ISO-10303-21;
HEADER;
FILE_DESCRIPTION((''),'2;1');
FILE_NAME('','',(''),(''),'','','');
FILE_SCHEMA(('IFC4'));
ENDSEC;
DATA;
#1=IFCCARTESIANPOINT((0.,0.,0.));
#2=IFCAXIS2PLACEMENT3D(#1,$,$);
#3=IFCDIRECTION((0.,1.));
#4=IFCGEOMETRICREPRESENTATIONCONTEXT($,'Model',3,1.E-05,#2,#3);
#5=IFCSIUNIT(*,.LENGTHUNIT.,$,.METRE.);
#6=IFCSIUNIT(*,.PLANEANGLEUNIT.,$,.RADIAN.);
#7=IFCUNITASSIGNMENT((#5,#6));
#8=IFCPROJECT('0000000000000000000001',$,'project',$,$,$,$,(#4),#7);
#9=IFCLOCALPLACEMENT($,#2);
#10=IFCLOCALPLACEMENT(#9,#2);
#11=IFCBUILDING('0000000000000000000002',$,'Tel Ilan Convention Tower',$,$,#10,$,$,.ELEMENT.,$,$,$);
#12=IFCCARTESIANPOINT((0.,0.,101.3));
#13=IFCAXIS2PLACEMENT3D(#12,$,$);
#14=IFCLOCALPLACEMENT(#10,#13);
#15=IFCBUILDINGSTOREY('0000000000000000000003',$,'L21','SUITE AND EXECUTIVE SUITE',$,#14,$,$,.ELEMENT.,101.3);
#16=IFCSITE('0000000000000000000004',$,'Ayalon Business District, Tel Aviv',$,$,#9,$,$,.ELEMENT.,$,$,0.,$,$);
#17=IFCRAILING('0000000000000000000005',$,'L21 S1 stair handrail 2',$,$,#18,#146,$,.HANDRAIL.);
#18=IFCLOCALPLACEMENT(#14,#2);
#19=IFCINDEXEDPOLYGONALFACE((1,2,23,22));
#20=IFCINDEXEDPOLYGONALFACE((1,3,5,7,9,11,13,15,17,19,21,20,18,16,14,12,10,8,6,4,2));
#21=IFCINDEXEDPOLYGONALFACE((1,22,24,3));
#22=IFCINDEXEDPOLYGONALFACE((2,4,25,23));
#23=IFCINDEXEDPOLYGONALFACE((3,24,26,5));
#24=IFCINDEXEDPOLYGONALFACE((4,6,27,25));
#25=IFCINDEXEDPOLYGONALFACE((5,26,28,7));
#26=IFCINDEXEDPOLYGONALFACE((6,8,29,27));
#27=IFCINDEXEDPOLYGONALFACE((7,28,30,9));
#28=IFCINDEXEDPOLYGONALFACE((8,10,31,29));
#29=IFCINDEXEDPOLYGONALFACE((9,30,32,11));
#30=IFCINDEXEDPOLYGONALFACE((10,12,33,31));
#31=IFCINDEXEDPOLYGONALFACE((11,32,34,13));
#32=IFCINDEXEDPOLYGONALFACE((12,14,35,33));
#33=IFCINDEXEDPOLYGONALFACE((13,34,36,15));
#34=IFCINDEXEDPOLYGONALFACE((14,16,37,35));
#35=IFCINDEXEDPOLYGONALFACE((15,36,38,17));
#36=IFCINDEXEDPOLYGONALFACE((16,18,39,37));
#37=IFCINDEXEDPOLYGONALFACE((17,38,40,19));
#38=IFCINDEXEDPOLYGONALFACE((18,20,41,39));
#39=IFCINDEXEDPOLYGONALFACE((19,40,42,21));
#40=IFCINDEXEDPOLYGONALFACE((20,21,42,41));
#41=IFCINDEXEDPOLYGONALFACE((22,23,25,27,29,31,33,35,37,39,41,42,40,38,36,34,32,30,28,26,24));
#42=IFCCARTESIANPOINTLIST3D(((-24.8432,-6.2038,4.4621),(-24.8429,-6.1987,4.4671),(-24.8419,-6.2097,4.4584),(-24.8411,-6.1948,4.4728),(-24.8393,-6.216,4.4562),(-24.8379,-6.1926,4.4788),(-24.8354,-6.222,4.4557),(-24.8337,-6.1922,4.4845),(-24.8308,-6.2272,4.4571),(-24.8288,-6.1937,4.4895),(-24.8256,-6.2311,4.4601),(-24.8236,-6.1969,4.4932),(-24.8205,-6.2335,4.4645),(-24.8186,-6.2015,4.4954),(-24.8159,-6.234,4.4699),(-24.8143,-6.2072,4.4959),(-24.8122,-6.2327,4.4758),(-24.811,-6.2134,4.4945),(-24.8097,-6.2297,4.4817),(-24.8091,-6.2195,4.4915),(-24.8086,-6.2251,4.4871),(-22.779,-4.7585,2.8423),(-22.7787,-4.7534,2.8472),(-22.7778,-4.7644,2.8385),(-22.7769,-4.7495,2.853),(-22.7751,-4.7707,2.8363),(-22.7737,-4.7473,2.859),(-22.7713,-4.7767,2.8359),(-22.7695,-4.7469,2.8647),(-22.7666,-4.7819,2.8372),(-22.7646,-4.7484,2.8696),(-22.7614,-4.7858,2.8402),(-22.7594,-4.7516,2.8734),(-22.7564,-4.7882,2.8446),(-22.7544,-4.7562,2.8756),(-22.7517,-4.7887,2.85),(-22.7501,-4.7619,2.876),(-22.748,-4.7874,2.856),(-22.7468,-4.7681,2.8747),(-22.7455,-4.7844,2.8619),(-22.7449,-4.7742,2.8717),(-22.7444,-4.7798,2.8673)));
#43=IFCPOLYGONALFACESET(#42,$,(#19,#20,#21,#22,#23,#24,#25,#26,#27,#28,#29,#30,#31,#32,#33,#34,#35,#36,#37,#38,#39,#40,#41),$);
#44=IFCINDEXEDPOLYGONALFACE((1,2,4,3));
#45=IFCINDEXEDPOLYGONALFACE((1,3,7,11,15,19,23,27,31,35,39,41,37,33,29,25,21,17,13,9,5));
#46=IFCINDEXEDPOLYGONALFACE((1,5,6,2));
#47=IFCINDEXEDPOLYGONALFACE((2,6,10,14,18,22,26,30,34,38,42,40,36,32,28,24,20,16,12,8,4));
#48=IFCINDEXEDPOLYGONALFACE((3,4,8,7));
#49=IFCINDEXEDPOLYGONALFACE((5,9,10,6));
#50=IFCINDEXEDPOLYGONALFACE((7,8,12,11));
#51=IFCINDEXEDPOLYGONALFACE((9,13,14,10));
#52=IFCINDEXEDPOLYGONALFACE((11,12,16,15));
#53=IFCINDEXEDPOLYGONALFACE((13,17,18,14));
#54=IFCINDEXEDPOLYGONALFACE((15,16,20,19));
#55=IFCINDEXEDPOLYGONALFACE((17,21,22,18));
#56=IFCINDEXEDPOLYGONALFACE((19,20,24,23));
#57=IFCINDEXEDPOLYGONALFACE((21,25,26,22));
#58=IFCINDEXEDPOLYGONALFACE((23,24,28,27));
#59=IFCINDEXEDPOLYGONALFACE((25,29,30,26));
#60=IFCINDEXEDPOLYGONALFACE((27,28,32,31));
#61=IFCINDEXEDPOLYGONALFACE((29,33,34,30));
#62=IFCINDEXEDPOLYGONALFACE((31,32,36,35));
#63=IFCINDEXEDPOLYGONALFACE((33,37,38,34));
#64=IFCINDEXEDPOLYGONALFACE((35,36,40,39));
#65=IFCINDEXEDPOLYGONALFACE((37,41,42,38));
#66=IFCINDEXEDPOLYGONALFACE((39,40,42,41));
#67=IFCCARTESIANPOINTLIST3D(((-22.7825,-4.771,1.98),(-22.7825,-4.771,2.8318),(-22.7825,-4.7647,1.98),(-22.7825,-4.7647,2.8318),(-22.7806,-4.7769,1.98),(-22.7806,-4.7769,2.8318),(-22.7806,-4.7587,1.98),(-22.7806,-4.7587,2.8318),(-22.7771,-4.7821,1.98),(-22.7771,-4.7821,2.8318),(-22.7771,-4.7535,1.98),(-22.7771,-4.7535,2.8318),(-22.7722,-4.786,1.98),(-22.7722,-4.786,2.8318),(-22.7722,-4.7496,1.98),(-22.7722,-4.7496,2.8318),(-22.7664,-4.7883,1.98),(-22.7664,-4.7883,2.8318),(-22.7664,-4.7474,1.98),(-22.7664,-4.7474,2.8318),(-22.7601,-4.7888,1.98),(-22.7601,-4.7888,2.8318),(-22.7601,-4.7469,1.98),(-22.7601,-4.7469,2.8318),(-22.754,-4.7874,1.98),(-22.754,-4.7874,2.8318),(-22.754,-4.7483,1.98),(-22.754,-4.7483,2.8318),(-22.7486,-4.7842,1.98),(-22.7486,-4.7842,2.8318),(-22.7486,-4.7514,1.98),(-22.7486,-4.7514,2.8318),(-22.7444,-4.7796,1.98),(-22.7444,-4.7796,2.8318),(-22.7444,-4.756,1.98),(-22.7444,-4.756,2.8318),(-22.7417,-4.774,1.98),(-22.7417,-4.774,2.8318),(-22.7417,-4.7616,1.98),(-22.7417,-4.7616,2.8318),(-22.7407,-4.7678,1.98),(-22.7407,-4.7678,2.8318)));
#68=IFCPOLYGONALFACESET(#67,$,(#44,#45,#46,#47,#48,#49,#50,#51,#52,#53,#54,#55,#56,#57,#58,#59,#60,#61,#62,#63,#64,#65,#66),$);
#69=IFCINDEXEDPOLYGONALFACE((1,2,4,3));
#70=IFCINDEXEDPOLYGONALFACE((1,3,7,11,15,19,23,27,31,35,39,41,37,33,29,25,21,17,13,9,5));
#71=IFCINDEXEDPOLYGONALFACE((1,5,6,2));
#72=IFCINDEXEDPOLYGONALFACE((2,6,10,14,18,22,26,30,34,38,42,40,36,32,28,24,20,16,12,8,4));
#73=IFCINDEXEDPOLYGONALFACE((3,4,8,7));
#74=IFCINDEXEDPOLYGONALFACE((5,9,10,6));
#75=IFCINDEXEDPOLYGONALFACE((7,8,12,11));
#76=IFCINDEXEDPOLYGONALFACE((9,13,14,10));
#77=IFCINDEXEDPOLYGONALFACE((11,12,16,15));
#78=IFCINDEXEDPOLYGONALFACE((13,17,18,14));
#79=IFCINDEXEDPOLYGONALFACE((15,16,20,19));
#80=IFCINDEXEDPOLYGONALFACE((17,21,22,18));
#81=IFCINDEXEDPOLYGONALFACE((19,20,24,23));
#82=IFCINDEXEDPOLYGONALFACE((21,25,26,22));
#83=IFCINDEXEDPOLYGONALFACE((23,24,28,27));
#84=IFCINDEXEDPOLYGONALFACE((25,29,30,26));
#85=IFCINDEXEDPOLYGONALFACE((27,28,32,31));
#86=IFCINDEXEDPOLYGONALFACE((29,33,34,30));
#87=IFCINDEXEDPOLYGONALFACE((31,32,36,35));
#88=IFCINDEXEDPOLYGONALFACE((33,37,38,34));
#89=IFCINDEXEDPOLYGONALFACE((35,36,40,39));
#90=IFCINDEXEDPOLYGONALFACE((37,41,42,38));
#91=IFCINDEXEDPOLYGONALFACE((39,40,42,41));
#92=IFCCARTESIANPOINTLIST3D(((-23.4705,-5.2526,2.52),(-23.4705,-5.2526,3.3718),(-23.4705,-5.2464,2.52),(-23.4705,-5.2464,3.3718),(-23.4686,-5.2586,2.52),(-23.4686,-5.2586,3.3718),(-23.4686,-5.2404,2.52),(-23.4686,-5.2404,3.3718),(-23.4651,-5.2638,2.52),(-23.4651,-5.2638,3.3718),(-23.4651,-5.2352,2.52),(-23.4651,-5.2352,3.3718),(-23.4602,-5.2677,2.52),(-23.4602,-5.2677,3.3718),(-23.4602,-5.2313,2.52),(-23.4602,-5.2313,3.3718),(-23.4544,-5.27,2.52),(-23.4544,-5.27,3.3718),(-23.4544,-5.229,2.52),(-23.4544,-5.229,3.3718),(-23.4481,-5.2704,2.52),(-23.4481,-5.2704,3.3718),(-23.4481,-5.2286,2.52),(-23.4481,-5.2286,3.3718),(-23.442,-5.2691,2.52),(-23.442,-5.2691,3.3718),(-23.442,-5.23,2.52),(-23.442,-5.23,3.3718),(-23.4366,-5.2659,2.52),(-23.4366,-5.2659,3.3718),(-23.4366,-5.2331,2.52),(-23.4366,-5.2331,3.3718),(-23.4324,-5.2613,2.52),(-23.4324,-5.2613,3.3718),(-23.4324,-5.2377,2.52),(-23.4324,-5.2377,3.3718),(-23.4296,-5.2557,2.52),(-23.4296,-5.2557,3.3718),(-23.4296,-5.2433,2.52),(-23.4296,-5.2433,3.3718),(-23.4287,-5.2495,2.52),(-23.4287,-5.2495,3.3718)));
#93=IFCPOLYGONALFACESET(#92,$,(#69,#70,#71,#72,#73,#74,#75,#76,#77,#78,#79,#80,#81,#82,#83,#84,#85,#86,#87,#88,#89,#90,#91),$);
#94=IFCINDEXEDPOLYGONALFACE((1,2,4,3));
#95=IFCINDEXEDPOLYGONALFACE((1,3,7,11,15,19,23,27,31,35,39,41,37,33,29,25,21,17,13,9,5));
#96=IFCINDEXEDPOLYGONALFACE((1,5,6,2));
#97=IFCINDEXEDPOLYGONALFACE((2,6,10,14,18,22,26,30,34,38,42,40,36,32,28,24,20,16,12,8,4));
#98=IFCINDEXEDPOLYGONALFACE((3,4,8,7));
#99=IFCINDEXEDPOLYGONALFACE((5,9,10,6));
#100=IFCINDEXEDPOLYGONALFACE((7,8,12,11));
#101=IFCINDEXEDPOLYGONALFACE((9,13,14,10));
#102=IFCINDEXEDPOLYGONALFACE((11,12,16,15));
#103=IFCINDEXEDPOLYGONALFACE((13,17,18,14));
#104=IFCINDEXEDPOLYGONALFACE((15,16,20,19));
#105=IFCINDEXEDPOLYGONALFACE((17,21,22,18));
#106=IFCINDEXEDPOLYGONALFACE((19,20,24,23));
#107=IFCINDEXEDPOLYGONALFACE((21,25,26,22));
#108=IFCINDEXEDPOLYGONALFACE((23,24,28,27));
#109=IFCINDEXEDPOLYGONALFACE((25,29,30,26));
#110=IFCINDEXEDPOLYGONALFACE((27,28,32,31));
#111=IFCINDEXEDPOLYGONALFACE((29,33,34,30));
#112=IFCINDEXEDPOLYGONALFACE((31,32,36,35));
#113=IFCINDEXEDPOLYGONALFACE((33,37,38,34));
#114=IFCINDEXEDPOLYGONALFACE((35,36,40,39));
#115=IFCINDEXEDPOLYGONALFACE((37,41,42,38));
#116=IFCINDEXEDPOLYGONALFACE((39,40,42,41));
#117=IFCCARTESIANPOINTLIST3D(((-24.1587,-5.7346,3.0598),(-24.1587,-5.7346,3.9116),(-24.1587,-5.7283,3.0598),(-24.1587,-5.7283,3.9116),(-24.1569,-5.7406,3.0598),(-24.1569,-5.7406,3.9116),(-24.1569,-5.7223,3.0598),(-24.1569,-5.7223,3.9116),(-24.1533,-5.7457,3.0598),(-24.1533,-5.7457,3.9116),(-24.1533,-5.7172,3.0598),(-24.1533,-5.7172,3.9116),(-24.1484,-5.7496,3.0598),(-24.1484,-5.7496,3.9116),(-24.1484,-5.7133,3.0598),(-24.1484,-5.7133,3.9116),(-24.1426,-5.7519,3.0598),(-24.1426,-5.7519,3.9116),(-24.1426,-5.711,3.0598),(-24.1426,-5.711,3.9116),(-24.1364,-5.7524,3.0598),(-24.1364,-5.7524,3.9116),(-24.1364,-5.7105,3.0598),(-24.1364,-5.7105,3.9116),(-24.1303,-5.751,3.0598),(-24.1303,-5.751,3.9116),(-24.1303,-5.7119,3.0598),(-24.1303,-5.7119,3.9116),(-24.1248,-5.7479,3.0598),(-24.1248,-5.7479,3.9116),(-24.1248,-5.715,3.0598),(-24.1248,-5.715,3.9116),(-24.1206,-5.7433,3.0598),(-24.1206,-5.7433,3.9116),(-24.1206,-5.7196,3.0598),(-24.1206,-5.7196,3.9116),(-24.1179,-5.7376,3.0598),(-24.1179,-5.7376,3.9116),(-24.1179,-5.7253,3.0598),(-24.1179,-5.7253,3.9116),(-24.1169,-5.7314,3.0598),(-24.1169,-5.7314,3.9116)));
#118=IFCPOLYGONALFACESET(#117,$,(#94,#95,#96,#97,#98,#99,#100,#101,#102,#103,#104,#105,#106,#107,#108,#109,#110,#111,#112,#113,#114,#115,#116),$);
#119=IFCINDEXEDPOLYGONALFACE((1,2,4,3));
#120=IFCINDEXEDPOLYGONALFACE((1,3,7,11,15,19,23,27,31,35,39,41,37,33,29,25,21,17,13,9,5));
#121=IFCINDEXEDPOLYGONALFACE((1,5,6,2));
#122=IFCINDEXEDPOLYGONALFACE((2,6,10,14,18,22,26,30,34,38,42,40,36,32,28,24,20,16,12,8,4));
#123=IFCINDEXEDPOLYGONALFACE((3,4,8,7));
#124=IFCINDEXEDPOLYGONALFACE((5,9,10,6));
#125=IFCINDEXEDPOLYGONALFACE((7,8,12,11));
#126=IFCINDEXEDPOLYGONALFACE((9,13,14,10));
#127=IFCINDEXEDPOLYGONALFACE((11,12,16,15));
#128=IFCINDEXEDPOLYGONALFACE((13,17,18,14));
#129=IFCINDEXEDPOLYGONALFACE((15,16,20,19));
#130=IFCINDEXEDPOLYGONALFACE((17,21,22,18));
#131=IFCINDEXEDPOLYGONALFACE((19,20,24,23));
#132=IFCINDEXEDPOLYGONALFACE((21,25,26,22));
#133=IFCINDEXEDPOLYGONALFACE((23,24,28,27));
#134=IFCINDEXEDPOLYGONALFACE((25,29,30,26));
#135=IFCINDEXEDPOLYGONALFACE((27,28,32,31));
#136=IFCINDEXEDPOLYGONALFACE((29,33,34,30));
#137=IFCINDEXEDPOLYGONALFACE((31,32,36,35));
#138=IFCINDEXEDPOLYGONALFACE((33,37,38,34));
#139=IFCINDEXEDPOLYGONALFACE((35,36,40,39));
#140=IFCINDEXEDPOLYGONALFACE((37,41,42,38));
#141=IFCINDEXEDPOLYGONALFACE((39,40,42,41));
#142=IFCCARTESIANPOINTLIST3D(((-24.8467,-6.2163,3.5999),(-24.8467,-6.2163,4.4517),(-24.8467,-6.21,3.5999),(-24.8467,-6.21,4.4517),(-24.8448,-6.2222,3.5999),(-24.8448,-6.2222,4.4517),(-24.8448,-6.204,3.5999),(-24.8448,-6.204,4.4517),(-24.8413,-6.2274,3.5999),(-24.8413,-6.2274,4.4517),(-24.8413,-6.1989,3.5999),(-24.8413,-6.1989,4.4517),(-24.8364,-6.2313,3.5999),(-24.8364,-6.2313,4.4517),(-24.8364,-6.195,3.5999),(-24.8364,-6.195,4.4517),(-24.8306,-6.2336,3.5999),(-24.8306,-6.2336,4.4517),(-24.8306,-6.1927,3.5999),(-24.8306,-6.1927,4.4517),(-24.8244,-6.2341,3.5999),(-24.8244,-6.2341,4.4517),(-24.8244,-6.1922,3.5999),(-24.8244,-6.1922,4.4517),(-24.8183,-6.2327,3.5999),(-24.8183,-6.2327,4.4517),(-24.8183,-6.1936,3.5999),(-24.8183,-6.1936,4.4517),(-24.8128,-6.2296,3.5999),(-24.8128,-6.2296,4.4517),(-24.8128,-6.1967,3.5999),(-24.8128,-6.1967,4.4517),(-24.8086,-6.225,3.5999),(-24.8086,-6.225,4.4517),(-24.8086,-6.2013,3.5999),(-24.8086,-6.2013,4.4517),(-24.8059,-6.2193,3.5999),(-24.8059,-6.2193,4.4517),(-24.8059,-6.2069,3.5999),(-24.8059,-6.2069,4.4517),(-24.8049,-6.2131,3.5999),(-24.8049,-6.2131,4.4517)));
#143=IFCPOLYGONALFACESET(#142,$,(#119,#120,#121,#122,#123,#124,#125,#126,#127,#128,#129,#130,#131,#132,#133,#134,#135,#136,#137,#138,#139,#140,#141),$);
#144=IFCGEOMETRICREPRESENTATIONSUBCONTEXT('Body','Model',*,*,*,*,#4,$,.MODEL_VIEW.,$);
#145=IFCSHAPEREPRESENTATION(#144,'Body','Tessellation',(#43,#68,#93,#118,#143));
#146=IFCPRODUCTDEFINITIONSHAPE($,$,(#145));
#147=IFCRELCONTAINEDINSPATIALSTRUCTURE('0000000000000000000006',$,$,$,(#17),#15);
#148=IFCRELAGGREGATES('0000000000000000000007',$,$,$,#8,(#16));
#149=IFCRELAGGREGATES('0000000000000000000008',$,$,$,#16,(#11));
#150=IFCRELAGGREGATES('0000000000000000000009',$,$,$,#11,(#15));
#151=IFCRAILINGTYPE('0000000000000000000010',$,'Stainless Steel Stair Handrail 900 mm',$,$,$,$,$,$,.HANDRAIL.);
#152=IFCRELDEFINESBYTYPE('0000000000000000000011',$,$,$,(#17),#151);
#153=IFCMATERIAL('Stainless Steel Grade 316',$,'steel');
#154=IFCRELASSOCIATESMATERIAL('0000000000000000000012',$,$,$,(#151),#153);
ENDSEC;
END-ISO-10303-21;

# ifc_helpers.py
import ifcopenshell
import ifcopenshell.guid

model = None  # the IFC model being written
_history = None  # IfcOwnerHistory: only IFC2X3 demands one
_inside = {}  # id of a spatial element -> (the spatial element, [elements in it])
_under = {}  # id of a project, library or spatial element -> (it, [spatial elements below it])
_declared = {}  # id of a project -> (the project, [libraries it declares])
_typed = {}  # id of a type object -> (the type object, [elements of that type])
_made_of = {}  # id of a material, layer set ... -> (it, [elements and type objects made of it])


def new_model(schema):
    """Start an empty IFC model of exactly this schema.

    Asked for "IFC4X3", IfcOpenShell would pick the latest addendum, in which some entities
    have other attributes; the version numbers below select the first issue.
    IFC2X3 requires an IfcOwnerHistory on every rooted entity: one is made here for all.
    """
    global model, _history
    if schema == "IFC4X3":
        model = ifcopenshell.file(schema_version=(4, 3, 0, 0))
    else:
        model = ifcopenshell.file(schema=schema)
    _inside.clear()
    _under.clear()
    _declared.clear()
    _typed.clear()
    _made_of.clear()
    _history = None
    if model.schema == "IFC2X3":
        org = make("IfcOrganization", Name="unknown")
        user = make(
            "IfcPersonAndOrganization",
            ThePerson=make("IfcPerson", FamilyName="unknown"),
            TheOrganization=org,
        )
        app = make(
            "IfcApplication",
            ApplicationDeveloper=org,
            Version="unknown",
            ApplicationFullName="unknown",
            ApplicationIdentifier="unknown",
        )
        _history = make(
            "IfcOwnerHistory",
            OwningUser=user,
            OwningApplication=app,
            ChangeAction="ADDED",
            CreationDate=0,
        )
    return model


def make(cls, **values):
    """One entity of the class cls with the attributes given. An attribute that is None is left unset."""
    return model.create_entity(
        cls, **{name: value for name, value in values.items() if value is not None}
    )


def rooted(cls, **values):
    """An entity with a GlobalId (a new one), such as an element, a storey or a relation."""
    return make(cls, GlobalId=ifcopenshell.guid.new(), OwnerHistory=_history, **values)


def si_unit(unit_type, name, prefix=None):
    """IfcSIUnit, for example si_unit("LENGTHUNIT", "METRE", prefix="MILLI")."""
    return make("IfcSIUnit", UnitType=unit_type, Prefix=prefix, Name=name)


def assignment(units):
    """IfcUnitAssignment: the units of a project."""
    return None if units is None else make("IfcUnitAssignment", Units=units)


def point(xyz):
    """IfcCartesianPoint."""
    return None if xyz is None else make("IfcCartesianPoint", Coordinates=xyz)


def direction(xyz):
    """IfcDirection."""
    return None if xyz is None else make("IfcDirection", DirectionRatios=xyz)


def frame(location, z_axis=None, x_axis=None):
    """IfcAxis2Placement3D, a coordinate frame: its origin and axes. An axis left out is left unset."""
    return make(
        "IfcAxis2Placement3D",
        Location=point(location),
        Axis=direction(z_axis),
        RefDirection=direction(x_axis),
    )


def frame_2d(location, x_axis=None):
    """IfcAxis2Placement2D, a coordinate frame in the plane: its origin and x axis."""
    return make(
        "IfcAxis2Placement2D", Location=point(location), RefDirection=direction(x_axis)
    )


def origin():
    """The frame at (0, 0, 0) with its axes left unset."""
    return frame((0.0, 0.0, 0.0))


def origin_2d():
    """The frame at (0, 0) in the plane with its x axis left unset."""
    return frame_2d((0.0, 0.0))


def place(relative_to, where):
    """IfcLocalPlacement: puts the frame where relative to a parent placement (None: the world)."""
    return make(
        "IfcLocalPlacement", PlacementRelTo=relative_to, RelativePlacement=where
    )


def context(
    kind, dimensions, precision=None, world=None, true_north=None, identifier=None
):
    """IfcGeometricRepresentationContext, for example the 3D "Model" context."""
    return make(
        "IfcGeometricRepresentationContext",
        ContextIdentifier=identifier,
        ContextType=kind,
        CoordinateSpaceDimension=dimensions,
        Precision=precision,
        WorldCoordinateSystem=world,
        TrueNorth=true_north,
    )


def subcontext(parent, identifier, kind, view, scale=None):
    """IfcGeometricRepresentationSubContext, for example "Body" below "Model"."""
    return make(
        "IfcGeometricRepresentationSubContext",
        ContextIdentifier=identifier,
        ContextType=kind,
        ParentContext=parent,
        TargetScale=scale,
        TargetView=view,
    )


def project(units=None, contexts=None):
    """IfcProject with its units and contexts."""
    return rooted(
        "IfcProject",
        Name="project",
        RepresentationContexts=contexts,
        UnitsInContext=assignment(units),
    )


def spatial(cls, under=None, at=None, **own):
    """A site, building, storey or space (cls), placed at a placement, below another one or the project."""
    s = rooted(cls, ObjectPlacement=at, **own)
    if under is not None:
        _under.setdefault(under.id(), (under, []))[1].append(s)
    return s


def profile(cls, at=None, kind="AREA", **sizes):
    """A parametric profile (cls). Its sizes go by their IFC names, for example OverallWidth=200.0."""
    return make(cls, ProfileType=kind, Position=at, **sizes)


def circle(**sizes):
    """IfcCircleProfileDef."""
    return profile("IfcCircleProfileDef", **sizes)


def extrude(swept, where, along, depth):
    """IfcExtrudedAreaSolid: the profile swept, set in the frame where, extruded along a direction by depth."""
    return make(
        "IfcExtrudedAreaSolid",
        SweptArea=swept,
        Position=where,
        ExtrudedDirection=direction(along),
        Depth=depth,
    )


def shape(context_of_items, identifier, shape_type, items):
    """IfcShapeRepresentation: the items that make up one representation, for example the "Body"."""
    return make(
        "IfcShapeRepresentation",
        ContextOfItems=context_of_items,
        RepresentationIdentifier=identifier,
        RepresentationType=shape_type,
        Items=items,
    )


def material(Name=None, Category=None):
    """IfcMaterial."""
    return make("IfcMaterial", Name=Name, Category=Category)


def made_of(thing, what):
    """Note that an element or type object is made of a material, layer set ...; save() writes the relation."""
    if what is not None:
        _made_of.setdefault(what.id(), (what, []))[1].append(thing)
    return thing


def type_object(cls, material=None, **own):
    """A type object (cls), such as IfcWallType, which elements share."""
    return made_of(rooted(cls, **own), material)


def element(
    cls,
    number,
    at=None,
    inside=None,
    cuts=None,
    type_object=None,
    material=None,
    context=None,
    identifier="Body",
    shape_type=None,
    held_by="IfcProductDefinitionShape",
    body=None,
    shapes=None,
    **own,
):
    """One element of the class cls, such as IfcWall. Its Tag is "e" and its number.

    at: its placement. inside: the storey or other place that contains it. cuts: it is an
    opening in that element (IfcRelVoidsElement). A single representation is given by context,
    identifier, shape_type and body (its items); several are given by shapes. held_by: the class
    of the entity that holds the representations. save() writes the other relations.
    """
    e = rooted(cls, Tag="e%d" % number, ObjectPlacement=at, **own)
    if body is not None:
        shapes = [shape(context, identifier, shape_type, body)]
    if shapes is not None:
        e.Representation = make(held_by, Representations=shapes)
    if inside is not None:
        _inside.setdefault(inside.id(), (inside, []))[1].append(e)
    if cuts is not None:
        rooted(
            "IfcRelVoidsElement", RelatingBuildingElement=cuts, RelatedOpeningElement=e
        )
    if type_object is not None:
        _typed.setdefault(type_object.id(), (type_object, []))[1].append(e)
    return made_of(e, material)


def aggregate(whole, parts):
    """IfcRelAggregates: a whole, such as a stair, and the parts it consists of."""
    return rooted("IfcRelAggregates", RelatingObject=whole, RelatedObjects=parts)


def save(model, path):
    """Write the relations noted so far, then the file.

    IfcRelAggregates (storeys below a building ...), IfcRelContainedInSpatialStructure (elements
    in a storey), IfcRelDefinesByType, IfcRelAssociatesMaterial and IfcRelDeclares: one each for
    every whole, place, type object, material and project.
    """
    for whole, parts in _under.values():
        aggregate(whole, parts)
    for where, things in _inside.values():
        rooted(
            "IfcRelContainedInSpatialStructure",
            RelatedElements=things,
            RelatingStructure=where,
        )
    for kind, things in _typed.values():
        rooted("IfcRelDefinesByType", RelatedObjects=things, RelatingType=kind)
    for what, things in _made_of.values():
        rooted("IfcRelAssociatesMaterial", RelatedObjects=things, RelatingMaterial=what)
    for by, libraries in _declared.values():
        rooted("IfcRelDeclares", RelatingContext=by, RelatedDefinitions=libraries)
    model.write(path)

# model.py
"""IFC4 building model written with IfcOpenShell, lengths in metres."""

from ifc_helpers import new_model, si_unit, direction, frame, origin, origin_2d, place, context, subcontext, project, spatial, circle, extrude, material, type_object, element, save


model = new_model("IFC4")

# Units and contexts
model_context = context("Model", 3, precision=1e-05, world=origin(), true_north=direction((0.0, 1.0)))
body_context = subcontext(model_context, "Body", "Model", "MODEL_VIEW")
ifc_project = project(units=[si_unit("LENGTHUNIT", "METRE"), si_unit("PLANEANGLEUNIT", "RADIAN")], contexts=[model_context])

# Site, building, storey
site_placement = place(None, origin())
site = spatial("IfcSite", under=ifc_project, at=site_placement, Name="Ayalon Business District, Tel Aviv", CompositionType="ELEMENT", RefElevation=0.0)
building_placement = place(site_placement, origin())
building = spatial("IfcBuilding", under=site, at=building_placement, Name="Tel Ilan Convention Tower", CompositionType="ELEMENT")
storey_placement = place(building_placement, frame((0.0, 0.0, 101.3)))
storey = spatial("IfcBuildingStorey", under=building, at=storey_placement, Name="L21", Description="SUITE AND EXECUTIVE SUITE", CompositionType="ELEMENT", Elevation=101.3)

# Railing
ifc_material_1 = material(Name="Stainless Steel Grade 316", Category="steel")
railing_type_1 = type_object("IfcRailingType", Name="Stainless Steel Stair Handrail 900 mm", PredefinedType="HANDRAIL", material=ifc_material_1)
railing_1_placement = place(storey_placement, frame((-22.7617, -4.7678, 1.98)))
element("IfcRailing", 1, at=railing_1_placement, inside=storey, type_object=railing_type_1, Name="L21 S1 stair handrail 2", PredefinedType="HANDRAIL", context=body_context, shape_type="SweptSolid", body=[
    extrude(circle(Radius=0.0239, at=origin_2d()), frame((0.0, 0.0, 0.876), z_axis=(-0.68907, -0.482472, 0.540743), x_axis=(0.57356, -0.819164, 0.0)), (0.0, 0.0, 1.0), 2.9956),
    extrude(circle(Radius=0.021, at=origin_2d()), origin(), (0.0, 0.0, 1.0), 0.8518),
    extrude(circle(Radius=0.021, at=origin_2d()), frame((-0.688, -0.4817, 0.54)), (0.0, 0.0, 1.0), 0.8518),
    extrude(circle(Radius=0.021, at=origin_2d()), frame((-1.3762, -0.9636, 1.0798)), (0.0, 0.0, 1.0), 0.8518),
    extrude(circle(Radius=0.021, at=origin_2d()), frame((-2.0642, -1.4453, 1.6199)), (0.0, 0.0, 1.0), 0.8518),
])

save(model, "model.ifc")
